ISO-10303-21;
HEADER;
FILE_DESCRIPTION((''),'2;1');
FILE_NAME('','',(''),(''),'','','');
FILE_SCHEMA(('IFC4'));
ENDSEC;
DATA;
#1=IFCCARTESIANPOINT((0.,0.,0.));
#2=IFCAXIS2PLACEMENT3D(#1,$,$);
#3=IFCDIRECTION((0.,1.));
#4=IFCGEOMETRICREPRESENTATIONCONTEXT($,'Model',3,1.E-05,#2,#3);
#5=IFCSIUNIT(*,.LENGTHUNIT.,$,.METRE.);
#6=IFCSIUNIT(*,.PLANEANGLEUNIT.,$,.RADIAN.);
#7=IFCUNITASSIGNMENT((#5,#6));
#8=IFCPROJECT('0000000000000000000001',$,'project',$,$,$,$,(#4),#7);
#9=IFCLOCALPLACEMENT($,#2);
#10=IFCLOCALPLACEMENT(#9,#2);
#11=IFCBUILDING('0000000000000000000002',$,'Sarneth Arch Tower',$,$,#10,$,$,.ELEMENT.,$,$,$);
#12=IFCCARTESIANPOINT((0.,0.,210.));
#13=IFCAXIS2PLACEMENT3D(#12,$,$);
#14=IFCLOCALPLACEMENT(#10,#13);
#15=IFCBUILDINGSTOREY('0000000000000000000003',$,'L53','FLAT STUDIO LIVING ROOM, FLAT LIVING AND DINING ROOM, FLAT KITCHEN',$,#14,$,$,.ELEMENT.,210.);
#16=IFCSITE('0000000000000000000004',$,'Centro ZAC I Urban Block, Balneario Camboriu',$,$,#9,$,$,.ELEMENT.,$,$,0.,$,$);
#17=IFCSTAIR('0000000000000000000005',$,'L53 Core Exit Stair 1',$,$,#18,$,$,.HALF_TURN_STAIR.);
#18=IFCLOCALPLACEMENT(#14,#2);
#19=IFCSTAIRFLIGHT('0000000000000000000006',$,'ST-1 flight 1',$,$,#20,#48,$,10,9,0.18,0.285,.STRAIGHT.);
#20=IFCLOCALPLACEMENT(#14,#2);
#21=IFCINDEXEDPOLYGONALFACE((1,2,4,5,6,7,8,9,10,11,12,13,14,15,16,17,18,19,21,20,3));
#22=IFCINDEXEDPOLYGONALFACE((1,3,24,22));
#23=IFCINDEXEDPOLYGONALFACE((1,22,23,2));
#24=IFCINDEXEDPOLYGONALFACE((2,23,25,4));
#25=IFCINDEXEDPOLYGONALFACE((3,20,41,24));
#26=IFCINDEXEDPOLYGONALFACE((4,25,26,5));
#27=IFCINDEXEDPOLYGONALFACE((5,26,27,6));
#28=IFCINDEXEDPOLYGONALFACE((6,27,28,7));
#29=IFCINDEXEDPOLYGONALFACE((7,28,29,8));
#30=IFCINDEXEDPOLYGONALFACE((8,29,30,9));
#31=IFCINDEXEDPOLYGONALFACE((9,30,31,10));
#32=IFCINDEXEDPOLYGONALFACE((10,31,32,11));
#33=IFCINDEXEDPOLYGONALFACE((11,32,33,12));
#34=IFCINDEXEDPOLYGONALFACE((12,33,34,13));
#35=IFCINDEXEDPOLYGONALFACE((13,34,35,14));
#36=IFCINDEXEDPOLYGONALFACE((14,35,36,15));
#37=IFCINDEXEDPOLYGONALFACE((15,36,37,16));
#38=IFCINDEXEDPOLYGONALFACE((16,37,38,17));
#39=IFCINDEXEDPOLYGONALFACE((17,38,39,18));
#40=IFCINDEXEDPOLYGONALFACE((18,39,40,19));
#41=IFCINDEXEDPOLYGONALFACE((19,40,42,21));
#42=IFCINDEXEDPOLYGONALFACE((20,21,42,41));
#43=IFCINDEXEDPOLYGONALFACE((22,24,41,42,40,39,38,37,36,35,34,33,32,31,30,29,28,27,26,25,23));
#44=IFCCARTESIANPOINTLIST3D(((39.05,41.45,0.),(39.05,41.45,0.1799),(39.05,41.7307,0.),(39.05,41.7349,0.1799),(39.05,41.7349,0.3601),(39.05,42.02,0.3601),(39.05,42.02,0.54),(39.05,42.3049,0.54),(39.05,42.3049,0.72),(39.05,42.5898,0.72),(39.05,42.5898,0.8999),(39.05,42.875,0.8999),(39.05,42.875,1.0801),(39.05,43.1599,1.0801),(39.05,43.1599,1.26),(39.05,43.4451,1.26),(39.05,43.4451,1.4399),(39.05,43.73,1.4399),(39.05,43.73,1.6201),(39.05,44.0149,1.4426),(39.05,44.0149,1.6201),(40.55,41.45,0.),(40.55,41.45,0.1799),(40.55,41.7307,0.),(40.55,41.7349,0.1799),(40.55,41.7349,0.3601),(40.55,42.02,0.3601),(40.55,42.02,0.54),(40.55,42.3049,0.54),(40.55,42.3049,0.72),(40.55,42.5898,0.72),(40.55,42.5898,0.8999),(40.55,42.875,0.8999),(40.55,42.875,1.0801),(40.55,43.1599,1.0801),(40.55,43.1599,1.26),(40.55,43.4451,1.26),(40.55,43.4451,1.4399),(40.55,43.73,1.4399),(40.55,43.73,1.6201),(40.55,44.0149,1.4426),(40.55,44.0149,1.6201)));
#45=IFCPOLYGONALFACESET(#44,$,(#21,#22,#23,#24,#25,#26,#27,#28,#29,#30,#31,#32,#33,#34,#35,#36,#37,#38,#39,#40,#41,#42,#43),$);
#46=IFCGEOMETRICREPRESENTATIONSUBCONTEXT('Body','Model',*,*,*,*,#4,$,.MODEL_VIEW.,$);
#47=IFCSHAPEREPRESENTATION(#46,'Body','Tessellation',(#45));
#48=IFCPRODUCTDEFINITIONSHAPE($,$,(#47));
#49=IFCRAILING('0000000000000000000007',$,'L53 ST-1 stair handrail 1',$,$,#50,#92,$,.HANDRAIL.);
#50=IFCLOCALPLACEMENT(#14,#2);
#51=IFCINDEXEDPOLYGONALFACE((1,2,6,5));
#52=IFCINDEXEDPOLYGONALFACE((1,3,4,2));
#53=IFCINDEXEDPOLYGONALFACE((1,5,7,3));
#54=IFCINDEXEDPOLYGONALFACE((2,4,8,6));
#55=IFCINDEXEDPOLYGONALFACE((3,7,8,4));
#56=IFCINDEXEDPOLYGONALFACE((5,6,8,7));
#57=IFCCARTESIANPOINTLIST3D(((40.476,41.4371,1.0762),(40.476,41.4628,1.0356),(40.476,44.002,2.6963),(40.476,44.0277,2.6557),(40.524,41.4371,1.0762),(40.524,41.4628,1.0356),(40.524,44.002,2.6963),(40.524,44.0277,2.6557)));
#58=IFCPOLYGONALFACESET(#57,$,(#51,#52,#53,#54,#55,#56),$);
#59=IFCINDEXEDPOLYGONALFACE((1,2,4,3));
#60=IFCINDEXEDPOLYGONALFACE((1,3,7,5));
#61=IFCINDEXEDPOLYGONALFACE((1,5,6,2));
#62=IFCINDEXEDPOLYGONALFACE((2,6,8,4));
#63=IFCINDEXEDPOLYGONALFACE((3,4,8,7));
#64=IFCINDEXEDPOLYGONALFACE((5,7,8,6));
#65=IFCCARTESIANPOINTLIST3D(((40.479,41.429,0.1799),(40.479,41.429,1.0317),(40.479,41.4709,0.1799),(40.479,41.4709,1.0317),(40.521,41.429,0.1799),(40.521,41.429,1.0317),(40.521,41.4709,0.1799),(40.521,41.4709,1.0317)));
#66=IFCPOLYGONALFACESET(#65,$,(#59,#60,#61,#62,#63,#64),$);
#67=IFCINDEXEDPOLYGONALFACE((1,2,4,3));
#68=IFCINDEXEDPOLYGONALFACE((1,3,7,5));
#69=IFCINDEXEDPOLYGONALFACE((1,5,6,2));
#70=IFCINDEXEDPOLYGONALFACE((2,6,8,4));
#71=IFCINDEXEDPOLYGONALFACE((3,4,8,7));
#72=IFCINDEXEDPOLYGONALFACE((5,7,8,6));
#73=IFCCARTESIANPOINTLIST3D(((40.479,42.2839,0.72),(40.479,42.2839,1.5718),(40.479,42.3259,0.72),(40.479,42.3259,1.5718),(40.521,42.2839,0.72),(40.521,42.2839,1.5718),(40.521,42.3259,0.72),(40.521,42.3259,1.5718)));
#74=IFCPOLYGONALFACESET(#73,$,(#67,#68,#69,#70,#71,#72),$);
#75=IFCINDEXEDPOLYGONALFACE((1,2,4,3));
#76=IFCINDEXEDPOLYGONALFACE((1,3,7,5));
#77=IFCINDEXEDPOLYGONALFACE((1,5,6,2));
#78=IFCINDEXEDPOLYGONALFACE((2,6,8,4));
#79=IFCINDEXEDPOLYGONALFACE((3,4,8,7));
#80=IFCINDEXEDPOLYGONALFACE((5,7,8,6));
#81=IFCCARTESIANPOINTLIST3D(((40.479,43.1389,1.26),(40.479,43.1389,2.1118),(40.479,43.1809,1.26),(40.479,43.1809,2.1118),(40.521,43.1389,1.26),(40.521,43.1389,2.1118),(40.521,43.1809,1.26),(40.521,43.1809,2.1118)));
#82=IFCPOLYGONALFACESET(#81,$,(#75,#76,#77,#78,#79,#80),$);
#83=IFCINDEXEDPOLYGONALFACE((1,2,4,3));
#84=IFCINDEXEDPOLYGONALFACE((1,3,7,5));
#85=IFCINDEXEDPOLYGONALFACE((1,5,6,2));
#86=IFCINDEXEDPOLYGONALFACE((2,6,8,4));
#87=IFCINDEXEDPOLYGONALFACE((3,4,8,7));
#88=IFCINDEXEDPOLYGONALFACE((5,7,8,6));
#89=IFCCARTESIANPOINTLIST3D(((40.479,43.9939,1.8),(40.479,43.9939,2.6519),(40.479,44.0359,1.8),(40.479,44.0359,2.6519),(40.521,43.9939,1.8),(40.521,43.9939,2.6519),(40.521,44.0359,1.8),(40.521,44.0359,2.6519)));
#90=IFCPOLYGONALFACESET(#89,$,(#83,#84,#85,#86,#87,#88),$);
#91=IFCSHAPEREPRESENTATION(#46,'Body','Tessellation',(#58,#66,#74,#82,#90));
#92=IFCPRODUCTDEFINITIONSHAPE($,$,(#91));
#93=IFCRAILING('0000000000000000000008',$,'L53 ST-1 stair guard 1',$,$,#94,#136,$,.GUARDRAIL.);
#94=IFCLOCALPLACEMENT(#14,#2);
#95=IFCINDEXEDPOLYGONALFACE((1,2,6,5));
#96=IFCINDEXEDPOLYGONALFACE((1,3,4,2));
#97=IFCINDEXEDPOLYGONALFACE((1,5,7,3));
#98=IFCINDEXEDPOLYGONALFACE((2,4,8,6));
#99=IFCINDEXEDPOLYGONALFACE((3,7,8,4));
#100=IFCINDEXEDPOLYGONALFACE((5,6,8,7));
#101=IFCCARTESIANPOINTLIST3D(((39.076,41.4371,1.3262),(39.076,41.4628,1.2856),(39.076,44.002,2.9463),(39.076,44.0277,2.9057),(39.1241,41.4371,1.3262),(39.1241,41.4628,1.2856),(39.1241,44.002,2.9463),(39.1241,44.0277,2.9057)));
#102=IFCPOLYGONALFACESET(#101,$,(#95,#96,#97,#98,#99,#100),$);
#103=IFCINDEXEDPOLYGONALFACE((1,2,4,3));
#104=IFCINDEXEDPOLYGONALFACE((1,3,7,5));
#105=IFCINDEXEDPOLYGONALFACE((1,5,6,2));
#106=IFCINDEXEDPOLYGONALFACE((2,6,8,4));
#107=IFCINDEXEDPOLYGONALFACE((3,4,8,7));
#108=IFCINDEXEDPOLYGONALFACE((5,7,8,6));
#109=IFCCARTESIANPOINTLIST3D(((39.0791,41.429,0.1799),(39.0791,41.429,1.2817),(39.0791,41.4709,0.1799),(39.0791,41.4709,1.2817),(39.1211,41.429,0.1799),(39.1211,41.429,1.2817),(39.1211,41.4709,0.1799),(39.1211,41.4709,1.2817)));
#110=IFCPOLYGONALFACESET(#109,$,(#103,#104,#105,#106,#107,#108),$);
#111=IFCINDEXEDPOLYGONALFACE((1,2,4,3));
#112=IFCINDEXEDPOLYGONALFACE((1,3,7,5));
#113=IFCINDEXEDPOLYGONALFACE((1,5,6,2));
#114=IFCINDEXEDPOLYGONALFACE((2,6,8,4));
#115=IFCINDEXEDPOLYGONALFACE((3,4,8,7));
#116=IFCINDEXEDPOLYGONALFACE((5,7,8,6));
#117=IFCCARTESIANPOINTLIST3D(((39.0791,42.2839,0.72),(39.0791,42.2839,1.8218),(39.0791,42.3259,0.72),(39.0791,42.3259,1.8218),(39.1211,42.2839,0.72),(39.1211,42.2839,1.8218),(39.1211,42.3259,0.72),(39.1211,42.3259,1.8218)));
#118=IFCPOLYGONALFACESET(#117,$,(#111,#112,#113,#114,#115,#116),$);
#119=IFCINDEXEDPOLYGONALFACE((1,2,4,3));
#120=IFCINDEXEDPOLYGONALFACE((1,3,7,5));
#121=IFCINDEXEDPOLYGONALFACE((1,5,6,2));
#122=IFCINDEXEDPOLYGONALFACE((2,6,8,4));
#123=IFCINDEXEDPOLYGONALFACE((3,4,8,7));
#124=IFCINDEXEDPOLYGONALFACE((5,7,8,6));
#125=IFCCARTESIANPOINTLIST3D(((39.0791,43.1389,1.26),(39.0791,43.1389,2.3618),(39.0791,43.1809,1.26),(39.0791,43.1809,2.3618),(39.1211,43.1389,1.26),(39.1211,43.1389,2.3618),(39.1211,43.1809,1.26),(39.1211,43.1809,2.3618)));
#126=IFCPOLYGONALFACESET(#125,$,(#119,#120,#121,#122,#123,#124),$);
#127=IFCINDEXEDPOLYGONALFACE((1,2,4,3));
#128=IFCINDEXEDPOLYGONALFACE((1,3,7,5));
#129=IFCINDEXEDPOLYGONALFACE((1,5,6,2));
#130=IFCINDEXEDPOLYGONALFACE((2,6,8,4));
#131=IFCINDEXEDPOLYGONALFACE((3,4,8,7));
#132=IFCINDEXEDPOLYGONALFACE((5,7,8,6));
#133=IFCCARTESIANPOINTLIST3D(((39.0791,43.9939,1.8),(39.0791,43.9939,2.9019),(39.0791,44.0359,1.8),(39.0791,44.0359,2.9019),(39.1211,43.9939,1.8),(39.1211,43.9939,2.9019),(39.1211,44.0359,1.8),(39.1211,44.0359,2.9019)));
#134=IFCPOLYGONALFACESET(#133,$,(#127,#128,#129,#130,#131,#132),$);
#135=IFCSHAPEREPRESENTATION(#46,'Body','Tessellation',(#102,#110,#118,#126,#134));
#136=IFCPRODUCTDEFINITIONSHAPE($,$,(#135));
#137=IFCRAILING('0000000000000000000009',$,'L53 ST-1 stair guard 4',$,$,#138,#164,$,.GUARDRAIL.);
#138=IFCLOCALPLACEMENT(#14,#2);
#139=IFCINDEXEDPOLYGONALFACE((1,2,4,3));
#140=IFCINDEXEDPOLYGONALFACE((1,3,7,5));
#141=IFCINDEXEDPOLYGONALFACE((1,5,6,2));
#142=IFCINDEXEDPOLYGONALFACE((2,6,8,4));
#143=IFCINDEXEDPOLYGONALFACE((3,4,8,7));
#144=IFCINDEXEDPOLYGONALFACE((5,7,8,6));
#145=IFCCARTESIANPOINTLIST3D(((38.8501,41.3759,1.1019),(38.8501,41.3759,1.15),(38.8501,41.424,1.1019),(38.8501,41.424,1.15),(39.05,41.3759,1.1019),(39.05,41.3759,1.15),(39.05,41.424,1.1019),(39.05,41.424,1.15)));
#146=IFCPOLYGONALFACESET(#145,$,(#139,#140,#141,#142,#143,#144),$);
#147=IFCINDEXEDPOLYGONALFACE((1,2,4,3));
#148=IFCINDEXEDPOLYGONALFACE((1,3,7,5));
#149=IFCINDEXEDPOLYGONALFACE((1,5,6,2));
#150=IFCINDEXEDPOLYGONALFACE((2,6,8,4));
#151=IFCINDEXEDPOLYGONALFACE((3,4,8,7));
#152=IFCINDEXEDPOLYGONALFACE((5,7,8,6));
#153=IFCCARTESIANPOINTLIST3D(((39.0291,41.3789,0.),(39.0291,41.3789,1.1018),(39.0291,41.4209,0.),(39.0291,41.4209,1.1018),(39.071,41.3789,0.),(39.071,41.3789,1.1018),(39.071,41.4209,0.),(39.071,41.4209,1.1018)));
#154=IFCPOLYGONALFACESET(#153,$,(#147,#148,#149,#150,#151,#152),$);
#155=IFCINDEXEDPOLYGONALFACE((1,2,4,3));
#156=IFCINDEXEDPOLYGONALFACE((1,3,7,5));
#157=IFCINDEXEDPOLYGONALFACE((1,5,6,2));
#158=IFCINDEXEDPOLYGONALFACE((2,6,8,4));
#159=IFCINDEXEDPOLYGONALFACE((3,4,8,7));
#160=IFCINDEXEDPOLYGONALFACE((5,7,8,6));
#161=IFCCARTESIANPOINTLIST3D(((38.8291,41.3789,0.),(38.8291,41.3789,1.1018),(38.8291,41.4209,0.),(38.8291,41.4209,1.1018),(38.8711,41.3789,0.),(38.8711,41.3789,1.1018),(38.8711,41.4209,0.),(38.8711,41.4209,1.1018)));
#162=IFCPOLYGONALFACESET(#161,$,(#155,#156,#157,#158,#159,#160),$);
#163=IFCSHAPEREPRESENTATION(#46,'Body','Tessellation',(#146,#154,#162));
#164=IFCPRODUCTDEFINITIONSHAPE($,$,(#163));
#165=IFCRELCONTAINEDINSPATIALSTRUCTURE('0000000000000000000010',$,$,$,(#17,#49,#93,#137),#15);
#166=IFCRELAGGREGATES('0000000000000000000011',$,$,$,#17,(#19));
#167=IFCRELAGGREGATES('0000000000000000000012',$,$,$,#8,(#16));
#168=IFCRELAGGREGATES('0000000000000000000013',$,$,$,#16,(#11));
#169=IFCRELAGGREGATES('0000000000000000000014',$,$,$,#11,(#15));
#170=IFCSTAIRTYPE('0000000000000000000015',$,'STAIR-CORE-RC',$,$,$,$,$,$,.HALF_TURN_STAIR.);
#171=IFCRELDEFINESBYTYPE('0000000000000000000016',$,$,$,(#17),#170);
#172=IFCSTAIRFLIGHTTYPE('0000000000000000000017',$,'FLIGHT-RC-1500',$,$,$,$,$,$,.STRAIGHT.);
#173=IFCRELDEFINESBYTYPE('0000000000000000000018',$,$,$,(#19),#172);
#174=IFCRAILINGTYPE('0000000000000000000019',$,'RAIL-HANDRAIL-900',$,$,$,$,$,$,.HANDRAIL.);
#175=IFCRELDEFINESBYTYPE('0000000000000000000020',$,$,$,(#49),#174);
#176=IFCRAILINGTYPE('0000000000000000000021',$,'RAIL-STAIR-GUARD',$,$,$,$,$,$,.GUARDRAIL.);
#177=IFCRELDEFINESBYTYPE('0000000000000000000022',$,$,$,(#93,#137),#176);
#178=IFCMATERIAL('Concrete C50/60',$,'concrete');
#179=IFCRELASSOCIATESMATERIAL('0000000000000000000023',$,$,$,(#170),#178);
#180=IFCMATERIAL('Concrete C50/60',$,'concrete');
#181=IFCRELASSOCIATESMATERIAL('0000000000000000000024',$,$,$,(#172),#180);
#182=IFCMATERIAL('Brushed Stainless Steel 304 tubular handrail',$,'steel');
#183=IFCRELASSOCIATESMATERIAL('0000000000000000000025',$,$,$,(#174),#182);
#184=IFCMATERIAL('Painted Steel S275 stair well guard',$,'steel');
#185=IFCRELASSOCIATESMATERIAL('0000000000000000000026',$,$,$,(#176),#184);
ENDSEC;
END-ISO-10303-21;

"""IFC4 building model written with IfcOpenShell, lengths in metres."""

from ifc_helpers import new_model, si_unit, direction, frame, origin, origin_2d, place, context, subcontext, project, spatial, polyline, rectangle, outline, extrude, material, type_object, element, aggregate, save


model = new_model("IFC4")

# Units and contexts
model_context = context("Model", 3, precision=1e-05, world=origin(), true_north=direction((0.0, 1.0)))
body_context = subcontext(model_context, "Body", "Model", "MODEL_VIEW")
ifc_project = project(units=[si_unit("LENGTHUNIT", "METRE"), si_unit("PLANEANGLEUNIT", "RADIAN")], contexts=[model_context])

# Site, building, storey
site_placement = place(None, origin())
site = spatial("IfcSite", under=ifc_project, at=site_placement, Name="Centro ZAC I Urban Block, Balneario Camboriu", CompositionType="ELEMENT", RefElevation=0.0)
building_placement = place(site_placement, origin())
building = spatial("IfcBuilding", under=site, at=building_placement, Name="Sarneth Arch Tower", CompositionType="ELEMENT")
storey_placement = place(building_placement, frame((0.0, 0.0, 210.0)))
storey = spatial("IfcBuildingStorey", under=building, at=storey_placement, Name="L53", Description="FLAT STUDIO LIVING ROOM, FLAT LIVING AND DINING ROOM, FLAT KITCHEN", CompositionType="ELEMENT", Elevation=210.0)

# Stair, stair flight
ifc_material_1 = material(Name="Concrete C50/60", Category="concrete")
stair_type = type_object("IfcStairType", Name="STAIR-CORE-RC", PredefinedType="HALF_TURN_STAIR", material=ifc_material_1)
stair_placement = place(storey_placement, origin())
stair = element("IfcStair", 1, at=stair_placement, inside=storey, type_object=stair_type, Name="L53 Core Exit Stair 1", PredefinedType="HALF_TURN_STAIR")
ifc_material_2 = material(Name="Concrete C50/60", Category="concrete")
stair_flight_type = type_object("IfcStairFlightType", Name="FLIGHT-RC-1500", PredefinedType="STRAIGHT", material=ifc_material_2)
stair_flight_placement = place(storey_placement, frame((39.8, 41.45, 0.0), z_axis=(0.0, 0.0, 1.0), x_axis=(0.0, 1.0, 0.0)))
stair_flight = element("IfcStairFlight", 2, at=stair_flight_placement, type_object=stair_flight_type, Name="ST-1 flight 1", NumberOfRisers=10, NumberOfTreads=9, PredefinedType="STRAIGHT", RiserHeight=0.18, TreadLength=0.285, context=body_context, shape_type="SweptSolid", body=[
    extrude(outline(polyline([(0.0, 0.0), (0.0, 0.1799), (0.2849, 0.1799), (0.2849, 0.3601), (0.5701, 0.3601), (0.5701, 0.54), (0.855, 0.54), (0.855, 0.72), (1.1399, 0.72), (1.1399, 0.8999), (1.425, 0.8999), (1.425, 1.0801), (1.71, 1.0801), (1.71, 1.26), (1.9951, 1.26), (1.9951, 1.4399), (2.28, 1.4399), (2.28, 1.6201), (2.5649, 1.6201), (2.5649, 1.8), (2.5649, 1.4426), (0.2808, 0.0), (0.0, 0.0)])), frame((0.0, 0.75, 0.0), z_axis=(0.0, -1.0, 0.0), x_axis=(1.0, 0.0, 0.0)), (0.0, 0.0, 1.0), 1.5),
])
aggregate(stair, [stair_flight])

# Railings
ifc_material_3 = material(Name="Brushed Stainless Steel 304 tubular handrail", Category="steel")
railing_type_1 = type_object("IfcRailingType", Name="RAIL-HANDRAIL-900", PredefinedType="HANDRAIL", material=ifc_material_3)
railing_1_placement = place(storey_placement, frame((40.5, 41.45, 0.1799)))
element("IfcRailing", 3, at=railing_1_placement, inside=storey, type_object=railing_type_1, Name="L53 ST-1 stair handrail 1", PredefinedType="HANDRAIL", context=body_context, shape_type="SweptSolid", body=[
    extrude(rectangle(XDim=0.0481, YDim=0.0481, at=origin_2d()), frame((0.0, 0.0, 0.876), z_axis=(0.0, 0.845466, 0.534029), x_axis=(-1.0, 0.0, 0.0)), (0.0, 0.0, 1.0), 3.0337),
    extrude(rectangle(XDim=0.042, YDim=0.042, at=origin_2d()), origin(), (0.0, 0.0, 1.0), 0.8518),
    extrude(rectangle(XDim=0.042, YDim=0.042, at=origin_2d()), frame((0.0, 0.855, 0.54)), (0.0, 0.0, 1.0), 0.8518),
    extrude(rectangle(XDim=0.042, YDim=0.042, at=origin_2d()), frame((0.0, 1.71, 1.0801)), (0.0, 0.0, 1.0), 0.8518),
    extrude(rectangle(XDim=0.042, YDim=0.042, at=origin_2d()), frame((0.0, 2.5649, 1.6201)), (0.0, 0.0, 1.0), 0.8518),
])
ifc_material_4 = material(Name="Painted Steel S275 stair well guard", Category="steel")
railing_type_2 = type_object("IfcRailingType", Name="RAIL-STAIR-GUARD", PredefinedType="GUARDRAIL", material=ifc_material_4)
railing_2_placement = place(storey_placement, frame((39.1001, 41.45, 0.1799)))
element("IfcRailing", 4, at=railing_2_placement, inside=storey, type_object=railing_type_2, Name="L53 ST-1 stair guard 1", PredefinedType="GUARDRAIL", context=body_context, shape_type="SweptSolid", body=[
    extrude(rectangle(XDim=0.0481, YDim=0.0481, at=origin_2d()), frame((0.0, 0.0, 1.126), z_axis=(0.0, 0.845466, 0.534029), x_axis=(-1.0, 0.0, 0.0)), (0.0, 0.0, 1.0), 3.0337),
    extrude(rectangle(XDim=0.042, YDim=0.042, at=origin_2d()), origin(), (0.0, 0.0, 1.0), 1.1018),
    extrude(rectangle(XDim=0.042, YDim=0.042, at=origin_2d()), frame((0.0, 0.855, 0.54)), (0.0, 0.0, 1.0), 1.1018),
    extrude(rectangle(XDim=0.042, YDim=0.042, at=origin_2d()), frame((0.0, 1.71, 1.0801)), (0.0, 0.0, 1.0), 1.1018),
    extrude(rectangle(XDim=0.042, YDim=0.042, at=origin_2d()), frame((0.0, 2.5649, 1.6201)), (0.0, 0.0, 1.0), 1.1018),
])
railing_3_placement = place(storey_placement, frame((39.05, 41.3999, 0.0)))
element("IfcRailing", 5, at=railing_3_placement, inside=storey, type_object=railing_type_2, Name="L53 ST-1 stair guard 4", PredefinedType="GUARDRAIL", context=body_context, shape_type="SweptSolid", body=[
    extrude(rectangle(XDim=0.0481, YDim=0.0481, at=origin_2d()), frame((0.0, 0.0, 1.126), z_axis=(-1.0, 0.0, 0.0), x_axis=(0.0, -1.0, 0.0)), (0.0, 0.0, 1.0), 0.2),
    extrude(rectangle(XDim=0.042, YDim=0.042, at=origin_2d()), origin(), (0.0, 0.0, 1.0), 1.1018),
    extrude(rectangle(XDim=0.042, YDim=0.042, at=origin_2d()), frame((-0.2, 0.0, 0.0)), (0.0, 0.0, 1.0), 1.1018),
])

save(model, "model.ifc")
